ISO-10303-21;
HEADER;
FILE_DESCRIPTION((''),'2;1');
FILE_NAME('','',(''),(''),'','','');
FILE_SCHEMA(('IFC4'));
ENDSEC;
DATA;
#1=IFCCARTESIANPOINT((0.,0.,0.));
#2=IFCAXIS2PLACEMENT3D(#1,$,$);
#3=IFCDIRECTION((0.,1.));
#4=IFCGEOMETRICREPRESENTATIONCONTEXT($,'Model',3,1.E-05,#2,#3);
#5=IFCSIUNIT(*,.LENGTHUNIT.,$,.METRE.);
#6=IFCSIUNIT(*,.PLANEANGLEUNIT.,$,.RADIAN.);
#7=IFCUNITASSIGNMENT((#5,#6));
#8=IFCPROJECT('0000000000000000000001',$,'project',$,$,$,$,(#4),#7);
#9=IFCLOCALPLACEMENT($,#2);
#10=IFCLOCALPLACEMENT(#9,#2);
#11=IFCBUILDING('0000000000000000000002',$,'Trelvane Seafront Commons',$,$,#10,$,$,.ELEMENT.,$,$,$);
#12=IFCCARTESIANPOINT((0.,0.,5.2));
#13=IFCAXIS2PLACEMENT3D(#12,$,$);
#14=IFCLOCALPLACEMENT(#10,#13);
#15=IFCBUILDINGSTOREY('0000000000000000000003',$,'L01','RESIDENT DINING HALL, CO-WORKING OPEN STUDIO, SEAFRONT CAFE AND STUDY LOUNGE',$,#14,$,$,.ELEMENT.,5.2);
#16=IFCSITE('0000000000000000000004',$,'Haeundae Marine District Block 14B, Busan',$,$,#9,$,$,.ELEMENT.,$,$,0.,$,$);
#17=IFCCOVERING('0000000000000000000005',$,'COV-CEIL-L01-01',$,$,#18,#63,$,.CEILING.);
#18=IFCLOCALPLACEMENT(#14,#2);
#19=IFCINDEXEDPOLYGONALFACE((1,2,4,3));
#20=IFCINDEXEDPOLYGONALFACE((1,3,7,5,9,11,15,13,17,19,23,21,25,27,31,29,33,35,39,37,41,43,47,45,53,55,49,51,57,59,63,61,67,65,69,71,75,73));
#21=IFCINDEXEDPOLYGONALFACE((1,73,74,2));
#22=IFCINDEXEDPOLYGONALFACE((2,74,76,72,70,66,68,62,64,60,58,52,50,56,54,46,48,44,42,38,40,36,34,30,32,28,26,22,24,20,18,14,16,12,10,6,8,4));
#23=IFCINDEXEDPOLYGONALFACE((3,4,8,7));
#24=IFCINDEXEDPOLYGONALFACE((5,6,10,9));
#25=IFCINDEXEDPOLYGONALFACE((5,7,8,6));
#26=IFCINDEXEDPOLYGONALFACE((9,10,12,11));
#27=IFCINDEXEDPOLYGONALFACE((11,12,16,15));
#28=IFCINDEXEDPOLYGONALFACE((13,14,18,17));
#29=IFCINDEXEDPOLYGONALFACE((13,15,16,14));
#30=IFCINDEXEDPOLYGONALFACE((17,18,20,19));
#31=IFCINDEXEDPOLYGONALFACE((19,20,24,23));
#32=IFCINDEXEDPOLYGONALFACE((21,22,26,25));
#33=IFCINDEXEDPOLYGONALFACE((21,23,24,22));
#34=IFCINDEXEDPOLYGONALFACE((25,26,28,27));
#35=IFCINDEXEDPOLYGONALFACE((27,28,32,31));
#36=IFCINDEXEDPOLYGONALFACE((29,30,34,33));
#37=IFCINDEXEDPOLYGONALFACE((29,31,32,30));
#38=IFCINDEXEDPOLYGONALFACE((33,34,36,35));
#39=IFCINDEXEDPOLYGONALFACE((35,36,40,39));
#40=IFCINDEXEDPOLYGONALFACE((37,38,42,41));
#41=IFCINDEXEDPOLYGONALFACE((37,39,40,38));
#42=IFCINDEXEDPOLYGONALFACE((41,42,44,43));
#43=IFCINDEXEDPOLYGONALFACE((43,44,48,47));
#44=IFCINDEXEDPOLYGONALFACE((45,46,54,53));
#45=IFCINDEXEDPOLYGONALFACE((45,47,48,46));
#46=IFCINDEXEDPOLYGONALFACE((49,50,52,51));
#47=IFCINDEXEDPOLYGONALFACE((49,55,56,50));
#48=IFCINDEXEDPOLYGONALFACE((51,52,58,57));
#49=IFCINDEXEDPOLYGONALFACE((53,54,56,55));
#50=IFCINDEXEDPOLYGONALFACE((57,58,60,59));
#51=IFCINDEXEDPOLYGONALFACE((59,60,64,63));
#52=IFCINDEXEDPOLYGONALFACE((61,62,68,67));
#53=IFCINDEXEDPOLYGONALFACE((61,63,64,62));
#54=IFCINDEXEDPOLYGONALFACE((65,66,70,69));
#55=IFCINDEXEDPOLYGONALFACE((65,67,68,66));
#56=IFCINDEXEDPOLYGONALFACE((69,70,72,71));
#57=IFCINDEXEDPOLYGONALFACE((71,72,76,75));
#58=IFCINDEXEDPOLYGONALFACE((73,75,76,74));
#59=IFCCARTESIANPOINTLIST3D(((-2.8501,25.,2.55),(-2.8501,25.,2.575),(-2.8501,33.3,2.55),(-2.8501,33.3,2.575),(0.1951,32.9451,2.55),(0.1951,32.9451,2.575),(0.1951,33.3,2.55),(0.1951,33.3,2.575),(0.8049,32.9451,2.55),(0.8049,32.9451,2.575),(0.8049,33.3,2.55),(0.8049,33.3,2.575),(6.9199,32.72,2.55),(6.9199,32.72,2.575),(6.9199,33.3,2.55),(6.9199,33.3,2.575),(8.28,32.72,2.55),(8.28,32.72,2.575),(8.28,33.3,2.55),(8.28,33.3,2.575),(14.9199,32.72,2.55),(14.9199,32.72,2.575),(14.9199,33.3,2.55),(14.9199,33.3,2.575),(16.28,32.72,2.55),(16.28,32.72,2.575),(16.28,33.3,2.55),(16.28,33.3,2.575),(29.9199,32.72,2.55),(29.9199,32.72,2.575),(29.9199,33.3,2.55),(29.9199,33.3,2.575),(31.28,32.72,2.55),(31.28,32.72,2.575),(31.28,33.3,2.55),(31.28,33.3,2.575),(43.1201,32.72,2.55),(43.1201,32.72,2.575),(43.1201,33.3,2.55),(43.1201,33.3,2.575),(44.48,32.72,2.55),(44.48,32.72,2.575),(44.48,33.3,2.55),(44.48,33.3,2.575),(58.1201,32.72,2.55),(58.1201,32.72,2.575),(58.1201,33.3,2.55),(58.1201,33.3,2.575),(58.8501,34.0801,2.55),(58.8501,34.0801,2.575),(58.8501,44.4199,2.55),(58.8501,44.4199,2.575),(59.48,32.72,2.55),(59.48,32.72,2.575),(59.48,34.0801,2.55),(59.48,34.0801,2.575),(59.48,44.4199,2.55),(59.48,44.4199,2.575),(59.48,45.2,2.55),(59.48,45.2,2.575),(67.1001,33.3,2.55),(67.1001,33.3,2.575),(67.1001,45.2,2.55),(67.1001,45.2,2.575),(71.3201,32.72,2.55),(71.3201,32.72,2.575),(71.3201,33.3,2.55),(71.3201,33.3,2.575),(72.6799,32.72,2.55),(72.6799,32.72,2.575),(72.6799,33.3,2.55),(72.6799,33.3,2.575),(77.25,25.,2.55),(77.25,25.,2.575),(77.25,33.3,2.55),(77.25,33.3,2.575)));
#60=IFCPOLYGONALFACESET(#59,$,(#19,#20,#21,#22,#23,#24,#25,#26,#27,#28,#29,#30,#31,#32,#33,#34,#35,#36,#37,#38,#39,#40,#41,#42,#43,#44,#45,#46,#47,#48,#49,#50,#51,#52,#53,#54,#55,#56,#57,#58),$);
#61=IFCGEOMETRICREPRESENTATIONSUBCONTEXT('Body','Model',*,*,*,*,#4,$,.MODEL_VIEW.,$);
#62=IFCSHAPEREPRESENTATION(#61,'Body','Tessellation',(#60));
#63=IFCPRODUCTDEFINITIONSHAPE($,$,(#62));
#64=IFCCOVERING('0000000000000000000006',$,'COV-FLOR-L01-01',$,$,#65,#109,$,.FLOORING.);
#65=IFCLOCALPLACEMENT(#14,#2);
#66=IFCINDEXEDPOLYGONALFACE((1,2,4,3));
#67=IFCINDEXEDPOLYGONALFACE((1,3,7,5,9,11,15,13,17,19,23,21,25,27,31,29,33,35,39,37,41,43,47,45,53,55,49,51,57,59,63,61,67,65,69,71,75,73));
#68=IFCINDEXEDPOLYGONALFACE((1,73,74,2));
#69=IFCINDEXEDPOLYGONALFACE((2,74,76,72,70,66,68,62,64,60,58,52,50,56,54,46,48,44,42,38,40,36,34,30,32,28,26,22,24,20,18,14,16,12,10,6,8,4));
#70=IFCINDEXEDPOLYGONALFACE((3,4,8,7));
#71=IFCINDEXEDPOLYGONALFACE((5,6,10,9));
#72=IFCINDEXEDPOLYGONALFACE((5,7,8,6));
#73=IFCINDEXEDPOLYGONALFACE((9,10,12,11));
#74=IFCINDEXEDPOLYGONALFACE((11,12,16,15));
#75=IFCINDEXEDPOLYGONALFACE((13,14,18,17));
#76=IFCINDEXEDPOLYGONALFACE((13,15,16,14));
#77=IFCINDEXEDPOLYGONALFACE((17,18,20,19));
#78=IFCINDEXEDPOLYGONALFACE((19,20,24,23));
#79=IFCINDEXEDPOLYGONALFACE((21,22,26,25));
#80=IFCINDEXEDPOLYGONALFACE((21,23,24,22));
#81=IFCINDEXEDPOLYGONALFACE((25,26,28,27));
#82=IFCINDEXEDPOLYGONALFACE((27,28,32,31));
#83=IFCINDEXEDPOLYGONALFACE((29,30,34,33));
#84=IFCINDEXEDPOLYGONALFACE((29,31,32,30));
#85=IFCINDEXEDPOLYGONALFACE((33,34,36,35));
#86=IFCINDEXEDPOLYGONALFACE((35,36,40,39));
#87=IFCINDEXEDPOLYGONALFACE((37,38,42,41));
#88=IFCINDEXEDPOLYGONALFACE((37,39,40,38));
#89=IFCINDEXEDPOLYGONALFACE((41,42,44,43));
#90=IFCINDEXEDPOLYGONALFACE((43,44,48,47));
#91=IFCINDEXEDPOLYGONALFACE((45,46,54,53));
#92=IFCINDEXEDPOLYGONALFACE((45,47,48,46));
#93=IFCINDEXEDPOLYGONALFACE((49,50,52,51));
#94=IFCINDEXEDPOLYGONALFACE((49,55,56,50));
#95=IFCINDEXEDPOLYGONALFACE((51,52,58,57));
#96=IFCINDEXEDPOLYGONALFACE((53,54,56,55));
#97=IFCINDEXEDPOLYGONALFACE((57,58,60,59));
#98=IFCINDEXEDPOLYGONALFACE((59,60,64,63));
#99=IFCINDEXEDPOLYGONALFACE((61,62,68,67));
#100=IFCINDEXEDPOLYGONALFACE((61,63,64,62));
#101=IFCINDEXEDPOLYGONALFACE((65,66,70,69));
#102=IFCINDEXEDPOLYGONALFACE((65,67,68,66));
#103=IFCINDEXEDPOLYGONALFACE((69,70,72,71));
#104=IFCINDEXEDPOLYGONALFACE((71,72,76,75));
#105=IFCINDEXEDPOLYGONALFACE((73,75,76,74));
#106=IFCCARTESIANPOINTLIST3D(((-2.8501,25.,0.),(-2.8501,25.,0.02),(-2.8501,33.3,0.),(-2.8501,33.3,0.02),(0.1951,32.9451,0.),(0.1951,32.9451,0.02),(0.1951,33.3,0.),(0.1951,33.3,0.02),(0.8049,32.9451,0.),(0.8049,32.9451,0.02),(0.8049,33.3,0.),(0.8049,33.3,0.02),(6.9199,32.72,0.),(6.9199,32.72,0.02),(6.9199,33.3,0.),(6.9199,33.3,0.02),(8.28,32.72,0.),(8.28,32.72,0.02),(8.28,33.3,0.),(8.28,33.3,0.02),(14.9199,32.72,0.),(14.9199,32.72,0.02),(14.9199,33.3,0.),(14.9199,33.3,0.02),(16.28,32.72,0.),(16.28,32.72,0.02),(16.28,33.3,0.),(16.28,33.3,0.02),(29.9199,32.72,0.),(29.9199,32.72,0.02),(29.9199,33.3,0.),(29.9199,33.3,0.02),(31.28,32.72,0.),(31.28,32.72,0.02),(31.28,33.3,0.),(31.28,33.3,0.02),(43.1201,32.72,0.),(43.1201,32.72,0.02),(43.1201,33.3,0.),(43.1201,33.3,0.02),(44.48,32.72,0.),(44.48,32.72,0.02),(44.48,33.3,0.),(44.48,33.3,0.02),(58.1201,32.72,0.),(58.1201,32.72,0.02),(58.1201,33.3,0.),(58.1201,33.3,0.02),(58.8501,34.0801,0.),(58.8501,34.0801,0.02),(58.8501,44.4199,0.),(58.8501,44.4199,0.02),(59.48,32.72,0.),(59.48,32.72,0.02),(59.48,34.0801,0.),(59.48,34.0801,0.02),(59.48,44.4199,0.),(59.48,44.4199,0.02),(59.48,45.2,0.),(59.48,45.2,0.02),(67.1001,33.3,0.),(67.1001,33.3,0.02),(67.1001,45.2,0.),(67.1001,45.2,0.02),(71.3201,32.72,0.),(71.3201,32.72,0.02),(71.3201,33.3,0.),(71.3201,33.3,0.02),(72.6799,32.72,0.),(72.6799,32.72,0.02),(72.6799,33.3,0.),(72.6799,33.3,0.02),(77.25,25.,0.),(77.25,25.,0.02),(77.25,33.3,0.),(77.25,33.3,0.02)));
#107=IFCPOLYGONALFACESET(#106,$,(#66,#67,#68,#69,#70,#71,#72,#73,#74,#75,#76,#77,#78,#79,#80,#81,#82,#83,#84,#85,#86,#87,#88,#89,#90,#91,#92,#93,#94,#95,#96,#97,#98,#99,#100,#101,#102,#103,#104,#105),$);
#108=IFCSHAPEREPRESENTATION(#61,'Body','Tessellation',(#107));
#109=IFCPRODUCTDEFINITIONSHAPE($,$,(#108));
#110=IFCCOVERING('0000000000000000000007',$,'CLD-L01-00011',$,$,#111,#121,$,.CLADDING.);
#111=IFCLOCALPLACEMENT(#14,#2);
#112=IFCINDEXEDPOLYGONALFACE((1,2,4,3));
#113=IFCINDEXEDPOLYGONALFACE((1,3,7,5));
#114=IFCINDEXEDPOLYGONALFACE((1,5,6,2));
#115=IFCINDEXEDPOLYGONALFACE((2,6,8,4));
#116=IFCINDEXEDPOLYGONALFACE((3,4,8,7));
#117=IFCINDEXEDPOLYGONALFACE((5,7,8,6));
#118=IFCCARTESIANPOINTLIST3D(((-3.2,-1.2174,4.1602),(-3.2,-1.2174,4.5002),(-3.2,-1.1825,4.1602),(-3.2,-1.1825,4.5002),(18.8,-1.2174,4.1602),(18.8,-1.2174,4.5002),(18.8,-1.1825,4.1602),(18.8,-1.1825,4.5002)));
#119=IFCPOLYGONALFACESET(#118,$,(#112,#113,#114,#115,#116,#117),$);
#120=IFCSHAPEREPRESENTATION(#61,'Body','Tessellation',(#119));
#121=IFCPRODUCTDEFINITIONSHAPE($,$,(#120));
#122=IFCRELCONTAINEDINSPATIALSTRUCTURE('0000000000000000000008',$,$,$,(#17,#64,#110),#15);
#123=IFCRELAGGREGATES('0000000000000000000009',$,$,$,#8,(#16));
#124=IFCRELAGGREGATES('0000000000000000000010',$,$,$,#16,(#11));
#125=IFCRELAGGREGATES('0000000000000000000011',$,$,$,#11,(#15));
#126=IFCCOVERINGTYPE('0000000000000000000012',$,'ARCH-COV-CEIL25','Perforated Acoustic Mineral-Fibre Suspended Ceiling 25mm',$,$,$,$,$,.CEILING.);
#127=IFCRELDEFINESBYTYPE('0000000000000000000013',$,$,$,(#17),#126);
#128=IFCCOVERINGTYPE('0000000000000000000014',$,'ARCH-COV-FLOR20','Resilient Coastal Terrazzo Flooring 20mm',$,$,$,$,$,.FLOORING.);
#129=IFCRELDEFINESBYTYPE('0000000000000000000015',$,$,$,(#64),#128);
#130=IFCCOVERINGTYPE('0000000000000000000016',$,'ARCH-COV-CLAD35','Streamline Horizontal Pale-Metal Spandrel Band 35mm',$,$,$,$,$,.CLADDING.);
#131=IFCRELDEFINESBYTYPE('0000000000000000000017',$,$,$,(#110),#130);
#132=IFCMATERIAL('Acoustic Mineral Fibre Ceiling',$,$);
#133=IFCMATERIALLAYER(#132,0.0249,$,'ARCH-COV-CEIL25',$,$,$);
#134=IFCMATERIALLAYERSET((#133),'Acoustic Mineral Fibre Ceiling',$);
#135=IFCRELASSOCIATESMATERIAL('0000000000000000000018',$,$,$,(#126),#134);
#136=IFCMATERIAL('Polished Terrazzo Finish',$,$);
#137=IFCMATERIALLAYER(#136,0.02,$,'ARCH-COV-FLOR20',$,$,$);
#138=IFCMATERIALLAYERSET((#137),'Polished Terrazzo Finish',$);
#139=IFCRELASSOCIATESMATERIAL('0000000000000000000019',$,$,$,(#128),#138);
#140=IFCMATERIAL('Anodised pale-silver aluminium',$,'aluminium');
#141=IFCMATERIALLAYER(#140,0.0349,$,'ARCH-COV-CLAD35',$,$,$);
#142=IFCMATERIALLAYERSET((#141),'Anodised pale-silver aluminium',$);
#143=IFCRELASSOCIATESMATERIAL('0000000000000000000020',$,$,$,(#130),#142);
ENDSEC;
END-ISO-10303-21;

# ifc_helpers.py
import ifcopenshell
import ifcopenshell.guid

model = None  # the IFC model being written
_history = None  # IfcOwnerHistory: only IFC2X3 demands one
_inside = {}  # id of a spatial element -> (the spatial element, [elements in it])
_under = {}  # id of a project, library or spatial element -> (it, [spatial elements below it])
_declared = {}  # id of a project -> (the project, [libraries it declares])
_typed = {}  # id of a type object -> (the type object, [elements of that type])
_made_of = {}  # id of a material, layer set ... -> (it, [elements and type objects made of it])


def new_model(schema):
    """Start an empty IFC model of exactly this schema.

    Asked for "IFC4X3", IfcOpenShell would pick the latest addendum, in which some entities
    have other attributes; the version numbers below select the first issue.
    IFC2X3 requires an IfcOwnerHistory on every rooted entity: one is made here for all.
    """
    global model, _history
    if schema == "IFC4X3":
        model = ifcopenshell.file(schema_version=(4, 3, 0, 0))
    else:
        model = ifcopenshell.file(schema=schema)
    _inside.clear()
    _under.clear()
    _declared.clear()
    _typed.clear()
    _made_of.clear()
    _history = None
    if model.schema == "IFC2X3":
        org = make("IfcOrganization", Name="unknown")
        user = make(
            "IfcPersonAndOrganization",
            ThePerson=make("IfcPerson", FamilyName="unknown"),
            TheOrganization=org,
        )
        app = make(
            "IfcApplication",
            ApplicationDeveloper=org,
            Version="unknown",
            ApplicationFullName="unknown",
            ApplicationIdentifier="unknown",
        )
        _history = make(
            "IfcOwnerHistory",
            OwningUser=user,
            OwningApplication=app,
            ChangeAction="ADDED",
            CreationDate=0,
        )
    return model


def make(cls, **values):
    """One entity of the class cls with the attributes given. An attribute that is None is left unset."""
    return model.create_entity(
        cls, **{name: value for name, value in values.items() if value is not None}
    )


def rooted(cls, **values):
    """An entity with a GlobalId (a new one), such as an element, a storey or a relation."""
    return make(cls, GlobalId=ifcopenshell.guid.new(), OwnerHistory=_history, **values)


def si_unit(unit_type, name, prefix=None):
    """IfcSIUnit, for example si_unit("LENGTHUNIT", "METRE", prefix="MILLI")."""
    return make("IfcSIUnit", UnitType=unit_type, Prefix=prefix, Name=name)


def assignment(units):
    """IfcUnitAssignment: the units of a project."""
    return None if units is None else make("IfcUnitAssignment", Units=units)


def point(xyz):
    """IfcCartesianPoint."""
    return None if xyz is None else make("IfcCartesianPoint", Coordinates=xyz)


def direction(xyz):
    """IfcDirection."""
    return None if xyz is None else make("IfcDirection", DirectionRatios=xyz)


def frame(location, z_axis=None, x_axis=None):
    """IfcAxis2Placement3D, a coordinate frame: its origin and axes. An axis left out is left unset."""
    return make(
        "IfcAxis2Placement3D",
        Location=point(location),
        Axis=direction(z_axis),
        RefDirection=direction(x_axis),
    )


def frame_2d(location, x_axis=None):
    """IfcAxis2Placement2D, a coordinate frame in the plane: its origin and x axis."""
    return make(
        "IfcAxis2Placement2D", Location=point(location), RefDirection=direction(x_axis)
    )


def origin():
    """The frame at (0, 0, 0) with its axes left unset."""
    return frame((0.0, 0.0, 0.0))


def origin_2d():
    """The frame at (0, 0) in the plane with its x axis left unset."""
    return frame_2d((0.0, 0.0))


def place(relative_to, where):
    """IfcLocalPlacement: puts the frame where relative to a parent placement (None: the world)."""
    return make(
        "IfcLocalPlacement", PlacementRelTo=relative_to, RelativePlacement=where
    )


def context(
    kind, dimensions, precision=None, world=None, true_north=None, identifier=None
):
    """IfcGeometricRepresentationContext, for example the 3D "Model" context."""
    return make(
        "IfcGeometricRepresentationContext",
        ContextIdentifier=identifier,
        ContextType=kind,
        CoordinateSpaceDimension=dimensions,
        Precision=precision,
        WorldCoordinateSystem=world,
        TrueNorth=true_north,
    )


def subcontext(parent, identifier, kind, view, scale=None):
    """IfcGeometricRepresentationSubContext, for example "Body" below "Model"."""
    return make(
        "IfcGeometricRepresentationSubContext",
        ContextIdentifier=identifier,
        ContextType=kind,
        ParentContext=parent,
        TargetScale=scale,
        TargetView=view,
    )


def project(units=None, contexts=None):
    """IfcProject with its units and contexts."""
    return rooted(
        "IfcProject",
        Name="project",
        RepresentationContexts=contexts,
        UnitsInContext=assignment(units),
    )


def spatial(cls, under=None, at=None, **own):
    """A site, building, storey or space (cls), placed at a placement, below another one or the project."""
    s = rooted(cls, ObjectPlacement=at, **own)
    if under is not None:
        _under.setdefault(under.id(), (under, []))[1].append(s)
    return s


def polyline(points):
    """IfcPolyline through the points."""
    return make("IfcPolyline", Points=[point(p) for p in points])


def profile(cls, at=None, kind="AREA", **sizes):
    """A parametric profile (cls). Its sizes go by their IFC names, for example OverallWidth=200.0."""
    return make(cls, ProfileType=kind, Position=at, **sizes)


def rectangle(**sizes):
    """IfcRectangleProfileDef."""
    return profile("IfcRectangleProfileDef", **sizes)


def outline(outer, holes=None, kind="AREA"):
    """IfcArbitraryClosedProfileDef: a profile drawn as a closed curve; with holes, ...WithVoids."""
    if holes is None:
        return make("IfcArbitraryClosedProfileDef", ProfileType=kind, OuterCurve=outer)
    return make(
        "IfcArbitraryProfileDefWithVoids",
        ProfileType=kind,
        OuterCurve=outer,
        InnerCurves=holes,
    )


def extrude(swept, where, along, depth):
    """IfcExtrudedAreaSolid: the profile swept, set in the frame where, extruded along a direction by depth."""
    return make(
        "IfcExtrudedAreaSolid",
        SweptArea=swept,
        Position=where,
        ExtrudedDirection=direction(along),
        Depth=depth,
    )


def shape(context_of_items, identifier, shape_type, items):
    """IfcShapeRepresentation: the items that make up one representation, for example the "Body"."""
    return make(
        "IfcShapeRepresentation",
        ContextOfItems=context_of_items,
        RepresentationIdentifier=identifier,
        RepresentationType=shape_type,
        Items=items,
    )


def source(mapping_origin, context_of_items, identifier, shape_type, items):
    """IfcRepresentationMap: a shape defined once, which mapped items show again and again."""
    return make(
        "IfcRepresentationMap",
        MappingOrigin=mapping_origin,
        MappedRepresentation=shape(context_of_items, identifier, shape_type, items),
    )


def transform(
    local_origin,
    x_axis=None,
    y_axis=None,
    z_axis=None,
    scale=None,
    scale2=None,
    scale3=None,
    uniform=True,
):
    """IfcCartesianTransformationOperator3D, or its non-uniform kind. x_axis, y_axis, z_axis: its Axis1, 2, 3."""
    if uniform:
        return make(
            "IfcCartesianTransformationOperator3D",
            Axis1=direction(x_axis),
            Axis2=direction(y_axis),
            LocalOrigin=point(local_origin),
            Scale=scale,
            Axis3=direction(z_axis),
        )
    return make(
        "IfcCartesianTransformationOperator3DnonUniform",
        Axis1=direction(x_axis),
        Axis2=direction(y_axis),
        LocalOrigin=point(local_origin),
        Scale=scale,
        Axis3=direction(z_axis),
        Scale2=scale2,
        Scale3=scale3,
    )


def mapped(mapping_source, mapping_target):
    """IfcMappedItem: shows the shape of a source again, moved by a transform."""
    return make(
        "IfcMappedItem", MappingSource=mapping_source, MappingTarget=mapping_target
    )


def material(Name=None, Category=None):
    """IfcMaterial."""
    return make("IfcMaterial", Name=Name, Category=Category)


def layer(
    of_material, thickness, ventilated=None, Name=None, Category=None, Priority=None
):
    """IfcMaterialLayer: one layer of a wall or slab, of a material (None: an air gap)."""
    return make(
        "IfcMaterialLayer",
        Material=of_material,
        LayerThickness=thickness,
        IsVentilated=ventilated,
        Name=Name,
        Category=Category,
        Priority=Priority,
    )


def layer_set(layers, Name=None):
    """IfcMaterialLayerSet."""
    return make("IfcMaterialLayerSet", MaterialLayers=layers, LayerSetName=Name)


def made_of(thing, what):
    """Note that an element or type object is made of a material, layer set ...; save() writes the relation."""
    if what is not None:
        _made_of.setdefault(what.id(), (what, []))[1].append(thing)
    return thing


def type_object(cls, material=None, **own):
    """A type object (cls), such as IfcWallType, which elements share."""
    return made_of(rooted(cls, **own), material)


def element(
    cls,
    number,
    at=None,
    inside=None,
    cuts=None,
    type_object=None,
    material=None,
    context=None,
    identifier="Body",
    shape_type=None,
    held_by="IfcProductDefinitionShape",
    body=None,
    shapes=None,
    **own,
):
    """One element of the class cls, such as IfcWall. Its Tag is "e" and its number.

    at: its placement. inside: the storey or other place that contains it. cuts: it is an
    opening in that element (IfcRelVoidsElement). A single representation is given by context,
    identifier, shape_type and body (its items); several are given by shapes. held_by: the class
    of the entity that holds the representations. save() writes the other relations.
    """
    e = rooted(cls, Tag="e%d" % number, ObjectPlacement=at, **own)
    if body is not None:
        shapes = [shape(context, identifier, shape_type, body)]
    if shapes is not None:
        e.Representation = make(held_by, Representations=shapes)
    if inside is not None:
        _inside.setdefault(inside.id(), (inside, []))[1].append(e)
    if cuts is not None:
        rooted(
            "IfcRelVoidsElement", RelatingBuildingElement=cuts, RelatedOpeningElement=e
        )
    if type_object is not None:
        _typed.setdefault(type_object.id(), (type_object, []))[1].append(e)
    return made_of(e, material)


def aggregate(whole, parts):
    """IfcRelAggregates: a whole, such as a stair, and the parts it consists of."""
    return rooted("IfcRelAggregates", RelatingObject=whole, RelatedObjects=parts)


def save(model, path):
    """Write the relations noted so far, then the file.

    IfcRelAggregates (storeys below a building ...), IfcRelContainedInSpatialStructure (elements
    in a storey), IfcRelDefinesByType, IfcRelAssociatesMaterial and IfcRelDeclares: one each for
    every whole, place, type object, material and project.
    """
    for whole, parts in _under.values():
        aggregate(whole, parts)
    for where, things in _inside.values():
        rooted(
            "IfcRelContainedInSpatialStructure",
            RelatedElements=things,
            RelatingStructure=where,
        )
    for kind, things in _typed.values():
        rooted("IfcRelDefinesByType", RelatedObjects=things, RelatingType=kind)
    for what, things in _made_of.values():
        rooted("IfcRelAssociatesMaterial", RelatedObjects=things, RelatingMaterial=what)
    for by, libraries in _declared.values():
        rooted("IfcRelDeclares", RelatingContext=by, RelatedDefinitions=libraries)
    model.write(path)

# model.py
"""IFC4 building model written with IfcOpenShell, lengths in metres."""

from ifc_helpers import new_model, si_unit, direction, frame, origin, origin_2d, place, context, subcontext, project, spatial, polyline, rectangle, outline, extrude, source, transform, mapped, material, layer, layer_set, type_object, element, save


model = new_model("IFC4")

# Units and contexts
model_context = context("Model", 3, precision=1e-05, world=origin(), true_north=direction((0.0, 1.0)))
body_context = subcontext(model_context, "Body", "Model", "MODEL_VIEW")
ifc_project = project(units=[si_unit("LENGTHUNIT", "METRE"), si_unit("PLANEANGLEUNIT", "RADIAN")], contexts=[model_context])

# Site, building, storey
site_placement = place(None, origin())
site = spatial("IfcSite", under=ifc_project, at=site_placement, Name="Haeundae Marine District Block 14B, Busan", CompositionType="ELEMENT", RefElevation=0.0)
building_placement = place(site_placement, origin())
building = spatial("IfcBuilding", under=site, at=building_placement, Name="Trelvane Seafront Commons", CompositionType="ELEMENT")
storey_placement = place(building_placement, frame((0.0, 0.0, 5.2)))
storey = spatial("IfcBuildingStorey", under=building, at=storey_placement, Name="L01", Description="RESIDENT DINING HALL, CO-WORKING OPEN STUDIO, SEAFRONT CAFE AND STUDY LOUNGE", CompositionType="ELEMENT", Elevation=5.2)

# Coverings
ifc_material_1 = material(Name="Acoustic Mineral Fibre Ceiling")
ifc_layer_1 = layer(ifc_material_1, 0.0249, Name="ARCH-COV-CEIL25")
ifc_layer_set_1 = layer_set([ifc_layer_1], Name="Acoustic Mineral Fibre Ceiling")
covering_type_1 = type_object("IfcCoveringType", Name="ARCH-COV-CEIL25", Description="Perforated Acoustic Mineral-Fibre Suspended Ceiling 25mm", PredefinedType="CEILING", material=ifc_layer_set_1)
covering_1_placement = place(storey_placement, frame((0.0, 0.0, 2.55)))
element("IfcCovering", 1, at=covering_1_placement, inside=storey, type_object=covering_type_1, Name="COV-CEIL-L01-01", PredefinedType="CEILING", context=body_context, shape_type="SweptSolid", body=[
    extrude(outline(polyline([(72.6799, 33.3), (72.6799, 32.72), (71.3201, 32.72), (71.3201, 33.3), (67.1001, 33.3), (67.1001, 45.2), (59.48, 45.2), (59.48, 44.4199), (58.8501, 44.4199), (58.8501, 34.0801), (59.48, 34.0801), (59.48, 32.72), (58.1201, 32.72), (58.1201, 33.3), (44.48, 33.3), (44.48, 32.72), (43.1201, 32.72), (43.1201, 33.3), (31.28, 33.3), (31.28, 32.72), (29.9199, 32.72), (29.9199, 33.3), (16.28, 33.3), (16.28, 32.72), (14.9199, 32.72), (14.9199, 33.3), (8.28, 33.3), (8.28, 32.72), (6.9199, 32.72), (6.9199, 33.3), (0.8049, 33.3), (0.8049, 32.9451), (0.1951, 32.9451), (0.1951, 33.3), (-2.8501, 33.3), (-2.8501, 25.0), (77.25, 25.0), (77.25, 33.3), (72.6799, 33.3)])), origin(), (0.0, 0.0, 1.0), 0.0249),
])
ifc_material_2 = material(Name="Polished Terrazzo Finish")
ifc_layer_2 = layer(ifc_material_2, 0.02, Name="ARCH-COV-FLOR20")
ifc_layer_set_2 = layer_set([ifc_layer_2], Name="Polished Terrazzo Finish")
covering_type_2 = type_object("IfcCoveringType", Name="ARCH-COV-FLOR20", Description="Resilient Coastal Terrazzo Flooring 20mm", PredefinedType="FLOORING", material=ifc_layer_set_2)
covering_2_placement = place(storey_placement, origin())
element("IfcCovering", 2, at=covering_2_placement, inside=storey, type_object=covering_type_2, Name="COV-FLOR-L01-01", PredefinedType="FLOORING", context=body_context, shape_type="SweptSolid", body=[
    extrude(outline(polyline([(72.6799, 33.3), (72.6799, 32.72), (71.3201, 32.72), (71.3201, 33.3), (67.1001, 33.3), (67.1001, 45.2), (59.48, 45.2), (59.48, 44.4199), (58.8501, 44.4199), (58.8501, 34.0801), (59.48, 34.0801), (59.48, 32.72), (58.1201, 32.72), (58.1201, 33.3), (44.48, 33.3), (44.48, 32.72), (43.1201, 32.72), (43.1201, 33.3), (31.28, 33.3), (31.28, 32.72), (29.9199, 32.72), (29.9199, 33.3), (16.28, 33.3), (16.28, 32.72), (14.9199, 32.72), (14.9199, 33.3), (8.28, 33.3), (8.28, 32.72), (6.9199, 32.72), (6.9199, 33.3), (0.8049, 33.3), (0.8049, 32.9451), (0.1951, 32.9451), (0.1951, 33.3), (-2.8501, 33.3), (-2.8501, 25.0), (77.25, 25.0), (77.25, 33.3), (72.6799, 33.3)])), origin(), (0.0, 0.0, 1.0), 0.02),
])
ifc_material_3 = material(Name="Anodised pale-silver aluminium", Category="aluminium")
ifc_layer_3 = layer(ifc_material_3, 0.0349, Name="ARCH-COV-CLAD35")
ifc_layer_set_3 = layer_set([ifc_layer_3], Name="Anodised pale-silver aluminium")
covering_type_3 = type_object("IfcCoveringType", Name="ARCH-COV-CLAD35", Description="Streamline Horizontal Pale-Metal Spandrel Band 35mm", PredefinedType="CLADDING", material=ifc_layer_set_3)
shared_shape_1 = source(origin(), body_context, "Body", "SweptSolid", [
    extrude(rectangle(XDim=22.0, YDim=0.0349, at=origin_2d()), origin(), (0.0, 0.0, 1.0), 0.3401),
])
covering_3_placement = place(storey_placement, frame((7.8, -1.2, 4.1602), z_axis=(0.0, 0.0, 1.0), x_axis=(-1.0, 0.0, 0.0)))
element("IfcCovering", 3, at=covering_3_placement, inside=storey, type_object=covering_type_3, Name="CLD-L01-00011", PredefinedType="CLADDING", context=body_context, shape_type="MappedRepresentation", body=[
    mapped(shared_shape_1, transform((0.0, 0.0, 0.0), x_axis=(1.0, 0.0, 0.0), y_axis=(0.0, 1.0, 0.0), z_axis=(0.0, 0.0, 1.0), scale=1.0)),
])

save(model, "model.ifc")
